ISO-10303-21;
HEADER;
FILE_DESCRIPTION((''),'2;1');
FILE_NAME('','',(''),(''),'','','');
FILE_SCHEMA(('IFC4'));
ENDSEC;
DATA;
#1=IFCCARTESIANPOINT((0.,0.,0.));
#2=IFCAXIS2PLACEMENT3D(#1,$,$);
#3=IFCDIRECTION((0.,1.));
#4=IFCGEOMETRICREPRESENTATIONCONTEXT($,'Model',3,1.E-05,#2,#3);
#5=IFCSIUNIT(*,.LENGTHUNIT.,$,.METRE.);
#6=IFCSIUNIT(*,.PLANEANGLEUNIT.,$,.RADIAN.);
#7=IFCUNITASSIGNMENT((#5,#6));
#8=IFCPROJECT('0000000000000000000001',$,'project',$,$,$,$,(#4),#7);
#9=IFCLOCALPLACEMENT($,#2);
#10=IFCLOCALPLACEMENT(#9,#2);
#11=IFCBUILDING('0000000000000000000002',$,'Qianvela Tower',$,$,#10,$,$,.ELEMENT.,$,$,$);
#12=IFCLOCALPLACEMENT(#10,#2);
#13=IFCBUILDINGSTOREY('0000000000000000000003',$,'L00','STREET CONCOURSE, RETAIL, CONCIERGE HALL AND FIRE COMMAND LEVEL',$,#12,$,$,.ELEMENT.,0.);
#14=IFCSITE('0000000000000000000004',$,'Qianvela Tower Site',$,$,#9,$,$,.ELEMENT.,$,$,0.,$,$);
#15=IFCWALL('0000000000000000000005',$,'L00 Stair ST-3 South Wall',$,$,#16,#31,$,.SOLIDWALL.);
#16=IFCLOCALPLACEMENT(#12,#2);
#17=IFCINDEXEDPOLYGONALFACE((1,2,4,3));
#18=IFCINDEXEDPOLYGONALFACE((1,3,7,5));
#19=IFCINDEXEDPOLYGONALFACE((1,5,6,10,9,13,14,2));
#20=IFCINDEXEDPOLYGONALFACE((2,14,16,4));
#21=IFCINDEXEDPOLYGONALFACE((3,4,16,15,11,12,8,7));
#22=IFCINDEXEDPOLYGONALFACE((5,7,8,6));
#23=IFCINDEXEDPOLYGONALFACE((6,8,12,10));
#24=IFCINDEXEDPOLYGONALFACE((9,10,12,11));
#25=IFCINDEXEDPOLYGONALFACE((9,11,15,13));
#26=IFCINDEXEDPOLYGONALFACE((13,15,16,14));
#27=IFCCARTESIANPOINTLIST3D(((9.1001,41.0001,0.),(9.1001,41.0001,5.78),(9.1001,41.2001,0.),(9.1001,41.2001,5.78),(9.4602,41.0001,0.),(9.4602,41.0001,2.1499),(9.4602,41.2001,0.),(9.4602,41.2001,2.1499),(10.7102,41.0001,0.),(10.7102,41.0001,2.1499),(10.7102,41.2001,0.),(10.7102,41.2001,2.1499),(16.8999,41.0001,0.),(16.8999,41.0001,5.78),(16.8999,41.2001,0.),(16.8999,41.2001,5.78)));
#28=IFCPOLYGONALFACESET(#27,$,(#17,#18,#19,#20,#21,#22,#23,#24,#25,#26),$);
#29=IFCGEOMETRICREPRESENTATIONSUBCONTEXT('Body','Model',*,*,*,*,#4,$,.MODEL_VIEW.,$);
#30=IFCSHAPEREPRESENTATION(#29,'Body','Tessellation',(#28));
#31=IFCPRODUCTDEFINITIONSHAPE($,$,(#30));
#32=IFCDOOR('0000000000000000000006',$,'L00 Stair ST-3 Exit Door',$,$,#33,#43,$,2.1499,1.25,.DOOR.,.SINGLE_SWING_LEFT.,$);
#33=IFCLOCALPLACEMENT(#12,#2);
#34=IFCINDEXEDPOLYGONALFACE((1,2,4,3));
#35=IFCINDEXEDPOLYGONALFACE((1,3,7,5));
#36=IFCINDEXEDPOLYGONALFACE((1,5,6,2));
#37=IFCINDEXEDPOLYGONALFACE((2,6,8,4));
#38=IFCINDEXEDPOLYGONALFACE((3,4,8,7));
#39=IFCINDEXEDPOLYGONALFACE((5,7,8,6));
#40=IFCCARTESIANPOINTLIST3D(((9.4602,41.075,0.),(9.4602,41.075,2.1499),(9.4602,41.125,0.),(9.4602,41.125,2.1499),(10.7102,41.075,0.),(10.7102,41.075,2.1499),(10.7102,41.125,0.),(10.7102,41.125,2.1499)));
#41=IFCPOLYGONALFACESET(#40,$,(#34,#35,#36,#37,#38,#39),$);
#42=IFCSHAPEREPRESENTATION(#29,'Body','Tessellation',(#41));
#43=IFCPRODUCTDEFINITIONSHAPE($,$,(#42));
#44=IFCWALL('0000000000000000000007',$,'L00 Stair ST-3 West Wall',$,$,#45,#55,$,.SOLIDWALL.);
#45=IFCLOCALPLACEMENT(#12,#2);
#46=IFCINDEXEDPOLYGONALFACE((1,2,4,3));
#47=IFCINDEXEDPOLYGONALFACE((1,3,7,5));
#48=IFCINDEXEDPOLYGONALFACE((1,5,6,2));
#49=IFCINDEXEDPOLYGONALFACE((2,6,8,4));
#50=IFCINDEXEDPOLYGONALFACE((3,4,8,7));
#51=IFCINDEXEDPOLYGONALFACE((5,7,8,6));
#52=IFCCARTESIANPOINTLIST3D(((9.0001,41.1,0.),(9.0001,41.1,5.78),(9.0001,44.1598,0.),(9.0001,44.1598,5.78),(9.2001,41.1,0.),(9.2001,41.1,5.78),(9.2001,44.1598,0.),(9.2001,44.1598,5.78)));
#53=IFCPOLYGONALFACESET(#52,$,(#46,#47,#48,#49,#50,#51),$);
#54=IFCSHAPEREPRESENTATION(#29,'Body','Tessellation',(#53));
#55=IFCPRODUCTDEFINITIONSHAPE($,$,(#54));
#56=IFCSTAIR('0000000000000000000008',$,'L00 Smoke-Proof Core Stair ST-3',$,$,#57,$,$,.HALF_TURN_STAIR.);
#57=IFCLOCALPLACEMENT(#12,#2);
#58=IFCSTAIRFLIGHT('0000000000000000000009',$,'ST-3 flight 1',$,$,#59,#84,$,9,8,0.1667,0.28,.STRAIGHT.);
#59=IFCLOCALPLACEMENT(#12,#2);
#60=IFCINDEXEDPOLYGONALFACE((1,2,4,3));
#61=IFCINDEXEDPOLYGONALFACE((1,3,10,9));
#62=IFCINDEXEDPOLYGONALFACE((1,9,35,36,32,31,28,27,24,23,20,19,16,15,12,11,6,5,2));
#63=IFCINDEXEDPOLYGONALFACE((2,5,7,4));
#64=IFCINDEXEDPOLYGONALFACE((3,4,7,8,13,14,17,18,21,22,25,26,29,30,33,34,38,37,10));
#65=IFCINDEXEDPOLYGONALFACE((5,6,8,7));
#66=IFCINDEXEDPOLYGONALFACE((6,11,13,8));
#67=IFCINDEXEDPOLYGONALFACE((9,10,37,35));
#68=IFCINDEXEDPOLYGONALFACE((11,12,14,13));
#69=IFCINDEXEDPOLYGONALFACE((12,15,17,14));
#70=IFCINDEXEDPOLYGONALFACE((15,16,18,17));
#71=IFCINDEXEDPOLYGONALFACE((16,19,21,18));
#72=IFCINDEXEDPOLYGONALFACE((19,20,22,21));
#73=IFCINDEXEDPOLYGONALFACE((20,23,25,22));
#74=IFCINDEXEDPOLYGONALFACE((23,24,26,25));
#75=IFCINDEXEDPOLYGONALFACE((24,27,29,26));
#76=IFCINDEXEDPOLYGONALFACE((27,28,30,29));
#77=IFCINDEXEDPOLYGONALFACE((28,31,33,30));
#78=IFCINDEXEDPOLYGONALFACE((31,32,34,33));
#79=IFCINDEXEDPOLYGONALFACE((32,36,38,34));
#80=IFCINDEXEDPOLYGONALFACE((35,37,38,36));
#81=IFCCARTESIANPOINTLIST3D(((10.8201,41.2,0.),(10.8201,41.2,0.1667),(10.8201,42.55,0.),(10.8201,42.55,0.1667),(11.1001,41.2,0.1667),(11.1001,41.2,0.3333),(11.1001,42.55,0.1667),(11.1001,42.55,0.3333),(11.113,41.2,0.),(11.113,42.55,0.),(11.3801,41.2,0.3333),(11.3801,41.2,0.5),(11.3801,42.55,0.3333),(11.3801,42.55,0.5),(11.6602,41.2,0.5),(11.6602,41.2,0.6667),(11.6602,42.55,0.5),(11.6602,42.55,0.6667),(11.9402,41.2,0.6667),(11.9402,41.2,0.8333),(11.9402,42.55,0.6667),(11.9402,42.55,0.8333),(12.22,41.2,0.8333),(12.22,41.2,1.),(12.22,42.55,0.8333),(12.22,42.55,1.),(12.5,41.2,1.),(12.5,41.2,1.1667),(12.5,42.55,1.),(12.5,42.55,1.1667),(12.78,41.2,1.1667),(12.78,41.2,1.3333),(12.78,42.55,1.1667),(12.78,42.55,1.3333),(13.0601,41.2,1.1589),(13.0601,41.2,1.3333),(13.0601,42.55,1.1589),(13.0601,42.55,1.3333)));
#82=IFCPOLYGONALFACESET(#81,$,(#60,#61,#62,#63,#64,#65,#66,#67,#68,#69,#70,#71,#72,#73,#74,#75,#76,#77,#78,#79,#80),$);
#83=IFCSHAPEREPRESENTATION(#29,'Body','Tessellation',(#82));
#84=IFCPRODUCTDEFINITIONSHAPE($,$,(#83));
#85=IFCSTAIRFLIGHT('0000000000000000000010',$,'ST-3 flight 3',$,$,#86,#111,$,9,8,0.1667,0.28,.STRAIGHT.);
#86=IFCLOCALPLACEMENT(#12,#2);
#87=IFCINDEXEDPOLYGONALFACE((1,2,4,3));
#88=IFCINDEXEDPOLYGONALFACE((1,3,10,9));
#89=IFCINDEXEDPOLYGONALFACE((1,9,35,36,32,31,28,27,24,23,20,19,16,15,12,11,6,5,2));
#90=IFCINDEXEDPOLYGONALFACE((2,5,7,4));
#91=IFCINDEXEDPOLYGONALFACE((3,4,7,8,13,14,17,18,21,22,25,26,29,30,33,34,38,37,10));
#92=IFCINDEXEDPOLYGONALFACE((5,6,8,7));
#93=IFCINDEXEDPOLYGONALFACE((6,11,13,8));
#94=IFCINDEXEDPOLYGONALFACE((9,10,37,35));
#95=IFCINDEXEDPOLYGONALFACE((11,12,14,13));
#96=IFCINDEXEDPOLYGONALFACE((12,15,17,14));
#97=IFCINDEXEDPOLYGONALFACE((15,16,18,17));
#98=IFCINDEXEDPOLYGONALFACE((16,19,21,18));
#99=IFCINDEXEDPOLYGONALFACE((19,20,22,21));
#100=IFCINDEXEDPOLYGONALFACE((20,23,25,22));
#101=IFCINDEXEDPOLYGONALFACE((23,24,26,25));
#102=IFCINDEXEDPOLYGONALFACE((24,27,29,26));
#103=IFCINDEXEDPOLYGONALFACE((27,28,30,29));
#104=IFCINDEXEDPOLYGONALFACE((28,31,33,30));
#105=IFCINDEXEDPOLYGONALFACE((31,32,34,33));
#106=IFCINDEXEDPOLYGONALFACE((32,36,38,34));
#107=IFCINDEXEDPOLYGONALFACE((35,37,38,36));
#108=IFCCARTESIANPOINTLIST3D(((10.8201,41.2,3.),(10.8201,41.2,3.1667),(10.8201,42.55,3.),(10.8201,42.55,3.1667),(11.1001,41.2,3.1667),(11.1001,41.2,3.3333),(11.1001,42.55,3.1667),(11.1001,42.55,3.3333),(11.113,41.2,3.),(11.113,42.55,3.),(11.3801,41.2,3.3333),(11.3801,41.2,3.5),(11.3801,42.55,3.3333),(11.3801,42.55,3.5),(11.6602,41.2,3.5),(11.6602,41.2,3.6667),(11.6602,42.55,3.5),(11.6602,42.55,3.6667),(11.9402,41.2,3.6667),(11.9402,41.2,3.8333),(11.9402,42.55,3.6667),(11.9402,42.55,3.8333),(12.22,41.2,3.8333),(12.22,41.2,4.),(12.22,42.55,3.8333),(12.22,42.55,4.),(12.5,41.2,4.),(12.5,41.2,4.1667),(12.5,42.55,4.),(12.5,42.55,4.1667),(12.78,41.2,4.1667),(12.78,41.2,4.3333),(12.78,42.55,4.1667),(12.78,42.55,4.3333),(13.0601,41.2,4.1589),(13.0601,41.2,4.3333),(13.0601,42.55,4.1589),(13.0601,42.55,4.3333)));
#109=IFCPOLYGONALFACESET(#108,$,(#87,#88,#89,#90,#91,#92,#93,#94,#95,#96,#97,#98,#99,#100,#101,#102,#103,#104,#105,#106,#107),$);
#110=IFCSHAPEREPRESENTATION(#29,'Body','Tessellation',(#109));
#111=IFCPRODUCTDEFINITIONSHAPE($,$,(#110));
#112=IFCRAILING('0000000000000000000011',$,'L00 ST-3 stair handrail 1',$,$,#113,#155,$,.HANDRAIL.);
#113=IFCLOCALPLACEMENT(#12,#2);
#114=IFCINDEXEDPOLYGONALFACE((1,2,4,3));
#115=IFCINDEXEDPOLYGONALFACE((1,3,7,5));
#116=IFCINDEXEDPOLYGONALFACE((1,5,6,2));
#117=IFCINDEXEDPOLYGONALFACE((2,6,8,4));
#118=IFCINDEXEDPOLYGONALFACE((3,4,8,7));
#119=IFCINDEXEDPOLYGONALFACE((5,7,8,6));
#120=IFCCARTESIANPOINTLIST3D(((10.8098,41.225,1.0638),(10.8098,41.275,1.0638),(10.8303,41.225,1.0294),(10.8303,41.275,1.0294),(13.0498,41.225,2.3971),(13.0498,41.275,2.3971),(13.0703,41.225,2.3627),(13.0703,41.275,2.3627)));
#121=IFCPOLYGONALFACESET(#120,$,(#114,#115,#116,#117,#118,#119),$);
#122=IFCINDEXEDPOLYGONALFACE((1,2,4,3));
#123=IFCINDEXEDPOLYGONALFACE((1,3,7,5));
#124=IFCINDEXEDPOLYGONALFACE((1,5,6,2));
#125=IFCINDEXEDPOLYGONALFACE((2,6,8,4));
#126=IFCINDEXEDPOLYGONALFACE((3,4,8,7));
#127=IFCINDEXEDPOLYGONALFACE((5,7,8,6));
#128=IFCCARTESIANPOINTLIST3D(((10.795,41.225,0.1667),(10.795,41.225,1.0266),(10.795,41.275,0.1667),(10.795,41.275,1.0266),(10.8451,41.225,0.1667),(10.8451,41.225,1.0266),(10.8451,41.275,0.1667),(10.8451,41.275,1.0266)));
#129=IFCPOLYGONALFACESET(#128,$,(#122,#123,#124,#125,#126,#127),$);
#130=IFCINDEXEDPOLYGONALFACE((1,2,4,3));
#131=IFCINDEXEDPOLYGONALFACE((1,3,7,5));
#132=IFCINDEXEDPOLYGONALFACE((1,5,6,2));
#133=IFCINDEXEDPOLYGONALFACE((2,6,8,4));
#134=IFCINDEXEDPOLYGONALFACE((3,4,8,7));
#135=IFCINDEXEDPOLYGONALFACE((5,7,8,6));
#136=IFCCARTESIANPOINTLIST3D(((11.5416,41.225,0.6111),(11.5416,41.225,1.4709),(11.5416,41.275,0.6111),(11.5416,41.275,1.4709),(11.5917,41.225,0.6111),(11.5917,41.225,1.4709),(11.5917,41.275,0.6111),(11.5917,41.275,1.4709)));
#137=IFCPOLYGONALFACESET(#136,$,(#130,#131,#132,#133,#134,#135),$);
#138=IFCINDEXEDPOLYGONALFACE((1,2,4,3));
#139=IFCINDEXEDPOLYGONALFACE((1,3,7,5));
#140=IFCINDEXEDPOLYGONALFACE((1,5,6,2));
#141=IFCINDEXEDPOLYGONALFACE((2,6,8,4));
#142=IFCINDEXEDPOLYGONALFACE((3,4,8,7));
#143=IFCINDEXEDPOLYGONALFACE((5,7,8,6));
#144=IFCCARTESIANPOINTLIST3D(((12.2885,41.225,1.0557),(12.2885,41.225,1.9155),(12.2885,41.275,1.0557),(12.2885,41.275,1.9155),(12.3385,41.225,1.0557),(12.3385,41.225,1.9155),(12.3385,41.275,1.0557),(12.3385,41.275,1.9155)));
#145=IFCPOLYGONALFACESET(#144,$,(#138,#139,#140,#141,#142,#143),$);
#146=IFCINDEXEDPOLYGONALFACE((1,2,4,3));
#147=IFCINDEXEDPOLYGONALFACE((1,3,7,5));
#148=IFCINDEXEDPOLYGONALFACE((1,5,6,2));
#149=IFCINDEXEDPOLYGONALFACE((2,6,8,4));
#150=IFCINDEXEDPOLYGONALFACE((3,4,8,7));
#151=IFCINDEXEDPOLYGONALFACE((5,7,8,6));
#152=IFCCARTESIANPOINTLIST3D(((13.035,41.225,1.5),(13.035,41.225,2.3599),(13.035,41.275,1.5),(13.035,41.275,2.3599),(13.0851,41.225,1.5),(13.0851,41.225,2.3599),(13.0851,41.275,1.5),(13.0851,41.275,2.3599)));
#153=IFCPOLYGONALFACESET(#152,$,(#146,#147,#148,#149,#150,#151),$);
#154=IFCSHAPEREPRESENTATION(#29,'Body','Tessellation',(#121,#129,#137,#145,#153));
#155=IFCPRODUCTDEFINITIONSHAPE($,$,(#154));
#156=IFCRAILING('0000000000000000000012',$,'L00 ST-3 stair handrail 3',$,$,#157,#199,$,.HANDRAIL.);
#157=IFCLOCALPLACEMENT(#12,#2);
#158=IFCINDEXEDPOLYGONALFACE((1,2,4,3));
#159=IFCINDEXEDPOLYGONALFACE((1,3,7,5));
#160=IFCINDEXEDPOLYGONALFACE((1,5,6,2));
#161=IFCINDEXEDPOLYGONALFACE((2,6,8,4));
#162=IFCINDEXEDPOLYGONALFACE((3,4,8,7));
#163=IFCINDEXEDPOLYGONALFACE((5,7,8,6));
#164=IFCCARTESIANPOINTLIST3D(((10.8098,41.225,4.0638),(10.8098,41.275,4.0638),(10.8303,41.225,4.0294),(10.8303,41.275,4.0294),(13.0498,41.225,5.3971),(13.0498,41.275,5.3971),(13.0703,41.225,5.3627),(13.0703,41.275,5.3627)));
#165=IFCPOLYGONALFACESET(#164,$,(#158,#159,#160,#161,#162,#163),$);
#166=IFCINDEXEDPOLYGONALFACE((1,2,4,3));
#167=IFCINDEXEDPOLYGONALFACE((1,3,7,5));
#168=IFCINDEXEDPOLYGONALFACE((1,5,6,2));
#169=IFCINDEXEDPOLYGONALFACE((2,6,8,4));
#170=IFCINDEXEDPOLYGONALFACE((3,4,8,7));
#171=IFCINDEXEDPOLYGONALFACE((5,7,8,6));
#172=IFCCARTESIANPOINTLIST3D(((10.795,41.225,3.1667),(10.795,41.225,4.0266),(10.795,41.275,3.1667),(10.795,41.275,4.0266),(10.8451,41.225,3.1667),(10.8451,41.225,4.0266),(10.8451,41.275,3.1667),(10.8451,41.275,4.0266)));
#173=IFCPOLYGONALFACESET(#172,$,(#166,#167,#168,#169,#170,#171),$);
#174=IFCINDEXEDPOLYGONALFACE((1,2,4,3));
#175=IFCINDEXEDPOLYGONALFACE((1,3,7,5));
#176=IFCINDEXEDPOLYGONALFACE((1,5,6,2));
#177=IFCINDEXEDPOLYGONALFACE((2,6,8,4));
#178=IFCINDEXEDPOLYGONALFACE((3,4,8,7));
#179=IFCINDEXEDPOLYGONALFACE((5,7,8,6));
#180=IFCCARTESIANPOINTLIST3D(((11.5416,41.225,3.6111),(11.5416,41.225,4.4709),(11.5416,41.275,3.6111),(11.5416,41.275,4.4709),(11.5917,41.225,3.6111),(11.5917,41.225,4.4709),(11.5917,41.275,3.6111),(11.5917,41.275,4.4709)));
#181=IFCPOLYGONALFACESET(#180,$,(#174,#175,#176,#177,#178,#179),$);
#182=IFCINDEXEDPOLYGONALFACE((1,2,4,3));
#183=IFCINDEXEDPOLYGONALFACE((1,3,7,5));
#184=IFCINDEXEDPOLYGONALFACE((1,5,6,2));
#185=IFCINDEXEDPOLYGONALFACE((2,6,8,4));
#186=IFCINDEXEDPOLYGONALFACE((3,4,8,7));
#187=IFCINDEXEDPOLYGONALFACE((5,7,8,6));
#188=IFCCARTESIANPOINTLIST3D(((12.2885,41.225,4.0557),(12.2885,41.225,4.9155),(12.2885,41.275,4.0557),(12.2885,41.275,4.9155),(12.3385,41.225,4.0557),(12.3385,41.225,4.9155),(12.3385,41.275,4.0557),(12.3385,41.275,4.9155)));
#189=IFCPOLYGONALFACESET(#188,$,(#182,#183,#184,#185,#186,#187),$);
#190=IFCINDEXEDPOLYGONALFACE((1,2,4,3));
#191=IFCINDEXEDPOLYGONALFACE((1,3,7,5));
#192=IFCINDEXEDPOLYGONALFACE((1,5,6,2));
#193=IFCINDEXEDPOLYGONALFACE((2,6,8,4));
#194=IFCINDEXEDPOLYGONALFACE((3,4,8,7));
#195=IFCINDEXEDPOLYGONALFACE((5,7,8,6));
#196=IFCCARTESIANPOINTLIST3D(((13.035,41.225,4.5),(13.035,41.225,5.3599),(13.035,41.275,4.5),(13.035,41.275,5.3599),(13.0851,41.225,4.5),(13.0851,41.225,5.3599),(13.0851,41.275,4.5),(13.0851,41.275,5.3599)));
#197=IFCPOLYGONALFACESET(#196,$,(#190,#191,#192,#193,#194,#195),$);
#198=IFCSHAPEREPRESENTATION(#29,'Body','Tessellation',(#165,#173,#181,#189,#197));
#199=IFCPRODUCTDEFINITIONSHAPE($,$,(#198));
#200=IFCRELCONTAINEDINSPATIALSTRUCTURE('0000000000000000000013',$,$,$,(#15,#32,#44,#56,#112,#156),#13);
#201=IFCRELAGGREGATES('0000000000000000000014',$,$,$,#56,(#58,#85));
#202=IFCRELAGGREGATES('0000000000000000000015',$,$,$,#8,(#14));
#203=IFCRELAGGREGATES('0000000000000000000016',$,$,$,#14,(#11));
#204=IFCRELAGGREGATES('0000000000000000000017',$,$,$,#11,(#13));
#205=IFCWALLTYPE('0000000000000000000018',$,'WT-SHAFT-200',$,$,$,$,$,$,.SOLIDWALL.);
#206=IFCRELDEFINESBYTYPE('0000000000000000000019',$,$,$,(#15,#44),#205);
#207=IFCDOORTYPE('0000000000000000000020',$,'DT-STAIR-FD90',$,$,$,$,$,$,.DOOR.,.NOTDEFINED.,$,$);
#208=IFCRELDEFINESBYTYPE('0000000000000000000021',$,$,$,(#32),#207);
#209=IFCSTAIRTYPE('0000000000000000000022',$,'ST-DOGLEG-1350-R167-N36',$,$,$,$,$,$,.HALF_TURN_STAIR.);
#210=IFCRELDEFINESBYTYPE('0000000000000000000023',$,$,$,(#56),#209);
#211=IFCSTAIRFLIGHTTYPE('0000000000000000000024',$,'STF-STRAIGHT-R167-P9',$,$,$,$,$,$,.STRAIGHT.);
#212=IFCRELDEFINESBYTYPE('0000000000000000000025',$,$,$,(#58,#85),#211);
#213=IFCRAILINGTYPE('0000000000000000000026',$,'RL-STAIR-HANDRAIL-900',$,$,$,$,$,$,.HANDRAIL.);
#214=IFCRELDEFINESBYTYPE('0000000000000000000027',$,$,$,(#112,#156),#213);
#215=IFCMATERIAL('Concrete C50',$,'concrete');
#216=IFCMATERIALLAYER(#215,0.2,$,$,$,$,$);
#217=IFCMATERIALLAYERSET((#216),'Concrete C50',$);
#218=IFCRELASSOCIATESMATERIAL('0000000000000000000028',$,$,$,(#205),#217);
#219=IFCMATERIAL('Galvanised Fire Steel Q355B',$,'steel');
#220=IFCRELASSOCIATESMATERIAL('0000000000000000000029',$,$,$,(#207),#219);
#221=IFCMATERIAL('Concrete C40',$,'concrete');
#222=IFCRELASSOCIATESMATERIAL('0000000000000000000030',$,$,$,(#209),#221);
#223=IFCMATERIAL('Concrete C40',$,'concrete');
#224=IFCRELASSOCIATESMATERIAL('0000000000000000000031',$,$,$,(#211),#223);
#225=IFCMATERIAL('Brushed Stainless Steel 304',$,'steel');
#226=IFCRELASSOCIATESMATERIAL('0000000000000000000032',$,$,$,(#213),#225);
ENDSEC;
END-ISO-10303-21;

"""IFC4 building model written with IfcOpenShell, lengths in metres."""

from ifc_helpers import new_model, si_unit, direction, frame, frame_2d, origin, origin_2d, place, context, subcontext, project, spatial, polyline, rectangle, outline, extrude, material, layer, layer_set, type_object, element, fill, aggregate, save


model = new_model("IFC4")

# Units and contexts
model_context = context("Model", 3, precision=1e-05, world=origin(), true_north=direction((0.0, 1.0)))
body_context = subcontext(model_context, "Body", "Model", "MODEL_VIEW")
ifc_project = project(units=[si_unit("LENGTHUNIT", "METRE"), si_unit("PLANEANGLEUNIT", "RADIAN")], contexts=[model_context])

# Site, building, storey
site_placement = place(None, origin())
site = spatial("IfcSite", under=ifc_project, at=site_placement, Name="Qianvela Tower Site", CompositionType="ELEMENT", RefElevation=0.0)
building_placement = place(site_placement, origin())
building = spatial("IfcBuilding", under=site, at=building_placement, Name="Qianvela Tower", CompositionType="ELEMENT")
storey_placement = place(building_placement, origin())
storey = spatial("IfcBuildingStorey", under=building, at=storey_placement, Name="L00", Description="STREET CONCOURSE, RETAIL, CONCIERGE HALL AND FIRE COMMAND LEVEL", CompositionType="ELEMENT", Elevation=0.0)

# Wall, opening, door
ifc_material_1 = material(Name="Concrete C50", Category="concrete")
ifc_layer_1 = layer(ifc_material_1, 0.2)
ifc_layer_set_1 = layer_set([ifc_layer_1], Name="Concrete C50")
wall_type_1 = type_object("IfcWallType", Name="WT-SHAFT-200", PredefinedType="SOLIDWALL", material=ifc_layer_set_1)
wall_1_placement = place(storey_placement, frame((9.1001, 41.1001, 0.0), z_axis=(0.0, 0.0, 1.0), x_axis=(1.0, 0.0, 0.0)))
wall_1 = element("IfcWall", 1, at=wall_1_placement, inside=storey, type_object=wall_type_1, Name="L00 Stair ST-3 South Wall", PredefinedType="SOLIDWALL", context=body_context, shape_type="SweptSolid", body=[
    extrude(rectangle(XDim=7.7998, YDim=0.2, at=frame_2d((3.8999, 0.0))), origin(), (0.0, 0.0, 1.0), 5.78),
])
opening_1_placement = place(wall_1_placement, frame((0.3601, 0.0, 0.0)))
opening_1 = element("IfcOpeningElement", 2, at=opening_1_placement, cuts=wall_1, PredefinedType="OPENING", context=body_context, shape_type="SweptSolid", body=[
    extrude(rectangle(XDim=1.25, YDim=2.1499, at=frame_2d((0.625, 1.075))), frame((0.0, 0.1099, 0.0), z_axis=(0.0, -1.0, 0.0), x_axis=(1.0, 0.0, 0.0)), (0.0, 0.0, 1.0), 0.22),
])
ifc_material_2 = material(Name="Galvanised Fire Steel Q355B", Category="steel")
door_type_1 = type_object("IfcDoorType", Name="DT-STAIR-FD90", OperationType="NOTDEFINED", PredefinedType="DOOR", material=ifc_material_2)
door_1_placement = place(opening_1_placement, origin())
door_1 = element("IfcDoor", 3, at=door_1_placement, inside=storey, type_object=door_type_1, Name="L00 Stair ST-3 Exit Door", OperationType="SINGLE_SWING_LEFT", OverallHeight=2.1499, OverallWidth=1.25, PredefinedType="DOOR", context=body_context, shape_type="SweptSolid", body=[
    extrude(rectangle(XDim=1.25, YDim=2.1499, at=frame_2d((0.625, 1.075))), frame((0.0, 0.0249, 0.0), z_axis=(0.0, -1.0, 0.0), x_axis=(1.0, 0.0, 0.0)), (0.0, 0.0, 1.0), 0.05),
])
fill(opening_1, door_1)

# Wall
wall_2_placement = place(storey_placement, frame((9.1001, 41.1001, 0.0), z_axis=(0.0, 0.0, 1.0), x_axis=(0.0, 1.0, 0.0)))
element("IfcWall", 4, at=wall_2_placement, inside=storey, type_object=wall_type_1, Name="L00 Stair ST-3 West Wall", PredefinedType="SOLIDWALL", context=body_context, shape_type="SweptSolid", body=[
    extrude(rectangle(XDim=3.0598, YDim=0.2, at=frame_2d((1.5298, 0.0))), origin(), (0.0, 0.0, 1.0), 5.78),
])

# Stair, stair flights
ifc_material_3 = material(Name="Concrete C40", Category="concrete")
stair_type = type_object("IfcStairType", Name="ST-DOGLEG-1350-R167-N36", PredefinedType="HALF_TURN_STAIR", material=ifc_material_3)
stair_placement = place(storey_placement, origin())
stair = element("IfcStair", 5, at=stair_placement, inside=storey, type_object=stair_type, Name="L00 Smoke-Proof Core Stair ST-3", PredefinedType="HALF_TURN_STAIR")
ifc_material_4 = material(Name="Concrete C40", Category="concrete")
stair_flight_type = type_object("IfcStairFlightType", Name="STF-STRAIGHT-R167-P9", PredefinedType="STRAIGHT", material=ifc_material_4)
stair_flight_1_placement = place(storey_placement, frame((10.8201, 41.875, 0.0), z_axis=(0.0, 0.0, 1.0), x_axis=(1.0, 0.0, 0.0)))
stair_flight_1 = element("IfcStairFlight", 6, at=stair_flight_1_placement, type_object=stair_flight_type, Name="ST-3 flight 1", NumberOfRisers=9, NumberOfTreads=8, PredefinedType="STRAIGHT", RiserHeight=0.1667, TreadLength=0.28, context=body_context, shape_type="SweptSolid", body=[
    extrude(outline(polyline([(0.0, 0.0), (0.0, 0.1667), (0.28, 0.1667), (0.28, 0.3333), (0.5601, 0.3333), (0.5601, 0.5), (0.8401, 0.5), (0.8401, 0.6667), (1.1201, 0.6667), (1.1201, 0.8333), (1.3999, 0.8333), (1.3999, 1.0), (1.6799, 1.0), (1.6799, 1.1667), (1.96, 1.1667), (1.96, 1.3333), (2.24, 1.3333), (2.24, 1.5), (2.24, 1.1589), (0.293, 0.0), (0.0, 0.0)])), frame((0.0, 0.675, 0.0), z_axis=(0.0, -1.0, 0.0), x_axis=(1.0, 0.0, 0.0)), (0.0, 0.0, 1.0), 1.3501),
])
stair_flight_2_placement = place(storey_placement, frame((10.8201, 41.875, 3.0), z_axis=(0.0, 0.0, 1.0), x_axis=(1.0, 0.0, 0.0)))
stair_flight_2 = element("IfcStairFlight", 7, at=stair_flight_2_placement, type_object=stair_flight_type, Name="ST-3 flight 3", NumberOfRisers=9, NumberOfTreads=8, PredefinedType="STRAIGHT", RiserHeight=0.1667, TreadLength=0.28, context=body_context, shape_type="SweptSolid", body=[
    extrude(outline(polyline([(0.0, 0.0), (0.0, 0.1667), (0.28, 0.1667), (0.28, 0.3333), (0.5601, 0.3333), (0.5601, 0.5), (0.8401, 0.5), (0.8401, 0.6667), (1.1201, 0.6667), (1.1201, 0.8333), (1.3999, 0.8333), (1.3999, 1.0), (1.6799, 1.0), (1.6799, 1.1667), (1.96, 1.1667), (1.96, 1.3333), (2.24, 1.3333), (2.24, 1.5), (2.24, 1.1589), (0.293, 0.0), (0.0, 0.0)])), frame((0.0, 0.675, 0.0), z_axis=(0.0, -1.0, 0.0), x_axis=(1.0, 0.0, 0.0)), (0.0, 0.0, 1.0), 1.3501),
])
aggregate(stair, [stair_flight_1, stair_flight_2])

# Railings
ifc_material_5 = material(Name="Brushed Stainless Steel 304", Category="steel")
railing_type = type_object("IfcRailingType", Name="RL-STAIR-HANDRAIL-900", PredefinedType="HANDRAIL", material=ifc_material_5)
for number, where, name in (
    (8, (10.8201, 41.25, 0.1667), "L00 ST-3 stair handrail 1"),
    (9, (10.8201, 41.25, 3.1667), "L00 ST-3 stair handrail 3"),
):
    element("IfcRailing", number, at=place(storey_placement, frame(where)), inside=storey, type_object=railing_type, Name=name, PredefinedType="HANDRAIL", context=body_context, shape_type="SweptSolid", body=[
        extrude(rectangle(XDim=0.05, YDim=0.04, at=origin_2d()), frame((0.0, 0.0, 0.8799), z_axis=(0.859306, 0.0, 0.511462), x_axis=(0.0, 1.0, 0.0)), (0.0, 0.0, 1.0), 2.6067),
        extrude(rectangle(XDim=0.05, YDim=0.05, at=origin_2d()), origin(), (0.0, 0.0, 1.0), 0.8599),
        extrude(rectangle(XDim=0.05, YDim=0.05, at=origin_2d()), frame((0.7466, 0.0, 0.4443)), (0.0, 0.0, 1.0), 0.8599),
        extrude(rectangle(XDim=0.05, YDim=0.05, at=origin_2d()), frame((1.4934, 0.0, 0.8889)), (0.0, 0.0, 1.0), 0.8599),
        extrude(rectangle(XDim=0.05, YDim=0.05, at=origin_2d()), frame((2.24, 0.0, 1.3333)), (0.0, 0.0, 1.0), 0.8599),
    ])

save(model, "model.ifc")
